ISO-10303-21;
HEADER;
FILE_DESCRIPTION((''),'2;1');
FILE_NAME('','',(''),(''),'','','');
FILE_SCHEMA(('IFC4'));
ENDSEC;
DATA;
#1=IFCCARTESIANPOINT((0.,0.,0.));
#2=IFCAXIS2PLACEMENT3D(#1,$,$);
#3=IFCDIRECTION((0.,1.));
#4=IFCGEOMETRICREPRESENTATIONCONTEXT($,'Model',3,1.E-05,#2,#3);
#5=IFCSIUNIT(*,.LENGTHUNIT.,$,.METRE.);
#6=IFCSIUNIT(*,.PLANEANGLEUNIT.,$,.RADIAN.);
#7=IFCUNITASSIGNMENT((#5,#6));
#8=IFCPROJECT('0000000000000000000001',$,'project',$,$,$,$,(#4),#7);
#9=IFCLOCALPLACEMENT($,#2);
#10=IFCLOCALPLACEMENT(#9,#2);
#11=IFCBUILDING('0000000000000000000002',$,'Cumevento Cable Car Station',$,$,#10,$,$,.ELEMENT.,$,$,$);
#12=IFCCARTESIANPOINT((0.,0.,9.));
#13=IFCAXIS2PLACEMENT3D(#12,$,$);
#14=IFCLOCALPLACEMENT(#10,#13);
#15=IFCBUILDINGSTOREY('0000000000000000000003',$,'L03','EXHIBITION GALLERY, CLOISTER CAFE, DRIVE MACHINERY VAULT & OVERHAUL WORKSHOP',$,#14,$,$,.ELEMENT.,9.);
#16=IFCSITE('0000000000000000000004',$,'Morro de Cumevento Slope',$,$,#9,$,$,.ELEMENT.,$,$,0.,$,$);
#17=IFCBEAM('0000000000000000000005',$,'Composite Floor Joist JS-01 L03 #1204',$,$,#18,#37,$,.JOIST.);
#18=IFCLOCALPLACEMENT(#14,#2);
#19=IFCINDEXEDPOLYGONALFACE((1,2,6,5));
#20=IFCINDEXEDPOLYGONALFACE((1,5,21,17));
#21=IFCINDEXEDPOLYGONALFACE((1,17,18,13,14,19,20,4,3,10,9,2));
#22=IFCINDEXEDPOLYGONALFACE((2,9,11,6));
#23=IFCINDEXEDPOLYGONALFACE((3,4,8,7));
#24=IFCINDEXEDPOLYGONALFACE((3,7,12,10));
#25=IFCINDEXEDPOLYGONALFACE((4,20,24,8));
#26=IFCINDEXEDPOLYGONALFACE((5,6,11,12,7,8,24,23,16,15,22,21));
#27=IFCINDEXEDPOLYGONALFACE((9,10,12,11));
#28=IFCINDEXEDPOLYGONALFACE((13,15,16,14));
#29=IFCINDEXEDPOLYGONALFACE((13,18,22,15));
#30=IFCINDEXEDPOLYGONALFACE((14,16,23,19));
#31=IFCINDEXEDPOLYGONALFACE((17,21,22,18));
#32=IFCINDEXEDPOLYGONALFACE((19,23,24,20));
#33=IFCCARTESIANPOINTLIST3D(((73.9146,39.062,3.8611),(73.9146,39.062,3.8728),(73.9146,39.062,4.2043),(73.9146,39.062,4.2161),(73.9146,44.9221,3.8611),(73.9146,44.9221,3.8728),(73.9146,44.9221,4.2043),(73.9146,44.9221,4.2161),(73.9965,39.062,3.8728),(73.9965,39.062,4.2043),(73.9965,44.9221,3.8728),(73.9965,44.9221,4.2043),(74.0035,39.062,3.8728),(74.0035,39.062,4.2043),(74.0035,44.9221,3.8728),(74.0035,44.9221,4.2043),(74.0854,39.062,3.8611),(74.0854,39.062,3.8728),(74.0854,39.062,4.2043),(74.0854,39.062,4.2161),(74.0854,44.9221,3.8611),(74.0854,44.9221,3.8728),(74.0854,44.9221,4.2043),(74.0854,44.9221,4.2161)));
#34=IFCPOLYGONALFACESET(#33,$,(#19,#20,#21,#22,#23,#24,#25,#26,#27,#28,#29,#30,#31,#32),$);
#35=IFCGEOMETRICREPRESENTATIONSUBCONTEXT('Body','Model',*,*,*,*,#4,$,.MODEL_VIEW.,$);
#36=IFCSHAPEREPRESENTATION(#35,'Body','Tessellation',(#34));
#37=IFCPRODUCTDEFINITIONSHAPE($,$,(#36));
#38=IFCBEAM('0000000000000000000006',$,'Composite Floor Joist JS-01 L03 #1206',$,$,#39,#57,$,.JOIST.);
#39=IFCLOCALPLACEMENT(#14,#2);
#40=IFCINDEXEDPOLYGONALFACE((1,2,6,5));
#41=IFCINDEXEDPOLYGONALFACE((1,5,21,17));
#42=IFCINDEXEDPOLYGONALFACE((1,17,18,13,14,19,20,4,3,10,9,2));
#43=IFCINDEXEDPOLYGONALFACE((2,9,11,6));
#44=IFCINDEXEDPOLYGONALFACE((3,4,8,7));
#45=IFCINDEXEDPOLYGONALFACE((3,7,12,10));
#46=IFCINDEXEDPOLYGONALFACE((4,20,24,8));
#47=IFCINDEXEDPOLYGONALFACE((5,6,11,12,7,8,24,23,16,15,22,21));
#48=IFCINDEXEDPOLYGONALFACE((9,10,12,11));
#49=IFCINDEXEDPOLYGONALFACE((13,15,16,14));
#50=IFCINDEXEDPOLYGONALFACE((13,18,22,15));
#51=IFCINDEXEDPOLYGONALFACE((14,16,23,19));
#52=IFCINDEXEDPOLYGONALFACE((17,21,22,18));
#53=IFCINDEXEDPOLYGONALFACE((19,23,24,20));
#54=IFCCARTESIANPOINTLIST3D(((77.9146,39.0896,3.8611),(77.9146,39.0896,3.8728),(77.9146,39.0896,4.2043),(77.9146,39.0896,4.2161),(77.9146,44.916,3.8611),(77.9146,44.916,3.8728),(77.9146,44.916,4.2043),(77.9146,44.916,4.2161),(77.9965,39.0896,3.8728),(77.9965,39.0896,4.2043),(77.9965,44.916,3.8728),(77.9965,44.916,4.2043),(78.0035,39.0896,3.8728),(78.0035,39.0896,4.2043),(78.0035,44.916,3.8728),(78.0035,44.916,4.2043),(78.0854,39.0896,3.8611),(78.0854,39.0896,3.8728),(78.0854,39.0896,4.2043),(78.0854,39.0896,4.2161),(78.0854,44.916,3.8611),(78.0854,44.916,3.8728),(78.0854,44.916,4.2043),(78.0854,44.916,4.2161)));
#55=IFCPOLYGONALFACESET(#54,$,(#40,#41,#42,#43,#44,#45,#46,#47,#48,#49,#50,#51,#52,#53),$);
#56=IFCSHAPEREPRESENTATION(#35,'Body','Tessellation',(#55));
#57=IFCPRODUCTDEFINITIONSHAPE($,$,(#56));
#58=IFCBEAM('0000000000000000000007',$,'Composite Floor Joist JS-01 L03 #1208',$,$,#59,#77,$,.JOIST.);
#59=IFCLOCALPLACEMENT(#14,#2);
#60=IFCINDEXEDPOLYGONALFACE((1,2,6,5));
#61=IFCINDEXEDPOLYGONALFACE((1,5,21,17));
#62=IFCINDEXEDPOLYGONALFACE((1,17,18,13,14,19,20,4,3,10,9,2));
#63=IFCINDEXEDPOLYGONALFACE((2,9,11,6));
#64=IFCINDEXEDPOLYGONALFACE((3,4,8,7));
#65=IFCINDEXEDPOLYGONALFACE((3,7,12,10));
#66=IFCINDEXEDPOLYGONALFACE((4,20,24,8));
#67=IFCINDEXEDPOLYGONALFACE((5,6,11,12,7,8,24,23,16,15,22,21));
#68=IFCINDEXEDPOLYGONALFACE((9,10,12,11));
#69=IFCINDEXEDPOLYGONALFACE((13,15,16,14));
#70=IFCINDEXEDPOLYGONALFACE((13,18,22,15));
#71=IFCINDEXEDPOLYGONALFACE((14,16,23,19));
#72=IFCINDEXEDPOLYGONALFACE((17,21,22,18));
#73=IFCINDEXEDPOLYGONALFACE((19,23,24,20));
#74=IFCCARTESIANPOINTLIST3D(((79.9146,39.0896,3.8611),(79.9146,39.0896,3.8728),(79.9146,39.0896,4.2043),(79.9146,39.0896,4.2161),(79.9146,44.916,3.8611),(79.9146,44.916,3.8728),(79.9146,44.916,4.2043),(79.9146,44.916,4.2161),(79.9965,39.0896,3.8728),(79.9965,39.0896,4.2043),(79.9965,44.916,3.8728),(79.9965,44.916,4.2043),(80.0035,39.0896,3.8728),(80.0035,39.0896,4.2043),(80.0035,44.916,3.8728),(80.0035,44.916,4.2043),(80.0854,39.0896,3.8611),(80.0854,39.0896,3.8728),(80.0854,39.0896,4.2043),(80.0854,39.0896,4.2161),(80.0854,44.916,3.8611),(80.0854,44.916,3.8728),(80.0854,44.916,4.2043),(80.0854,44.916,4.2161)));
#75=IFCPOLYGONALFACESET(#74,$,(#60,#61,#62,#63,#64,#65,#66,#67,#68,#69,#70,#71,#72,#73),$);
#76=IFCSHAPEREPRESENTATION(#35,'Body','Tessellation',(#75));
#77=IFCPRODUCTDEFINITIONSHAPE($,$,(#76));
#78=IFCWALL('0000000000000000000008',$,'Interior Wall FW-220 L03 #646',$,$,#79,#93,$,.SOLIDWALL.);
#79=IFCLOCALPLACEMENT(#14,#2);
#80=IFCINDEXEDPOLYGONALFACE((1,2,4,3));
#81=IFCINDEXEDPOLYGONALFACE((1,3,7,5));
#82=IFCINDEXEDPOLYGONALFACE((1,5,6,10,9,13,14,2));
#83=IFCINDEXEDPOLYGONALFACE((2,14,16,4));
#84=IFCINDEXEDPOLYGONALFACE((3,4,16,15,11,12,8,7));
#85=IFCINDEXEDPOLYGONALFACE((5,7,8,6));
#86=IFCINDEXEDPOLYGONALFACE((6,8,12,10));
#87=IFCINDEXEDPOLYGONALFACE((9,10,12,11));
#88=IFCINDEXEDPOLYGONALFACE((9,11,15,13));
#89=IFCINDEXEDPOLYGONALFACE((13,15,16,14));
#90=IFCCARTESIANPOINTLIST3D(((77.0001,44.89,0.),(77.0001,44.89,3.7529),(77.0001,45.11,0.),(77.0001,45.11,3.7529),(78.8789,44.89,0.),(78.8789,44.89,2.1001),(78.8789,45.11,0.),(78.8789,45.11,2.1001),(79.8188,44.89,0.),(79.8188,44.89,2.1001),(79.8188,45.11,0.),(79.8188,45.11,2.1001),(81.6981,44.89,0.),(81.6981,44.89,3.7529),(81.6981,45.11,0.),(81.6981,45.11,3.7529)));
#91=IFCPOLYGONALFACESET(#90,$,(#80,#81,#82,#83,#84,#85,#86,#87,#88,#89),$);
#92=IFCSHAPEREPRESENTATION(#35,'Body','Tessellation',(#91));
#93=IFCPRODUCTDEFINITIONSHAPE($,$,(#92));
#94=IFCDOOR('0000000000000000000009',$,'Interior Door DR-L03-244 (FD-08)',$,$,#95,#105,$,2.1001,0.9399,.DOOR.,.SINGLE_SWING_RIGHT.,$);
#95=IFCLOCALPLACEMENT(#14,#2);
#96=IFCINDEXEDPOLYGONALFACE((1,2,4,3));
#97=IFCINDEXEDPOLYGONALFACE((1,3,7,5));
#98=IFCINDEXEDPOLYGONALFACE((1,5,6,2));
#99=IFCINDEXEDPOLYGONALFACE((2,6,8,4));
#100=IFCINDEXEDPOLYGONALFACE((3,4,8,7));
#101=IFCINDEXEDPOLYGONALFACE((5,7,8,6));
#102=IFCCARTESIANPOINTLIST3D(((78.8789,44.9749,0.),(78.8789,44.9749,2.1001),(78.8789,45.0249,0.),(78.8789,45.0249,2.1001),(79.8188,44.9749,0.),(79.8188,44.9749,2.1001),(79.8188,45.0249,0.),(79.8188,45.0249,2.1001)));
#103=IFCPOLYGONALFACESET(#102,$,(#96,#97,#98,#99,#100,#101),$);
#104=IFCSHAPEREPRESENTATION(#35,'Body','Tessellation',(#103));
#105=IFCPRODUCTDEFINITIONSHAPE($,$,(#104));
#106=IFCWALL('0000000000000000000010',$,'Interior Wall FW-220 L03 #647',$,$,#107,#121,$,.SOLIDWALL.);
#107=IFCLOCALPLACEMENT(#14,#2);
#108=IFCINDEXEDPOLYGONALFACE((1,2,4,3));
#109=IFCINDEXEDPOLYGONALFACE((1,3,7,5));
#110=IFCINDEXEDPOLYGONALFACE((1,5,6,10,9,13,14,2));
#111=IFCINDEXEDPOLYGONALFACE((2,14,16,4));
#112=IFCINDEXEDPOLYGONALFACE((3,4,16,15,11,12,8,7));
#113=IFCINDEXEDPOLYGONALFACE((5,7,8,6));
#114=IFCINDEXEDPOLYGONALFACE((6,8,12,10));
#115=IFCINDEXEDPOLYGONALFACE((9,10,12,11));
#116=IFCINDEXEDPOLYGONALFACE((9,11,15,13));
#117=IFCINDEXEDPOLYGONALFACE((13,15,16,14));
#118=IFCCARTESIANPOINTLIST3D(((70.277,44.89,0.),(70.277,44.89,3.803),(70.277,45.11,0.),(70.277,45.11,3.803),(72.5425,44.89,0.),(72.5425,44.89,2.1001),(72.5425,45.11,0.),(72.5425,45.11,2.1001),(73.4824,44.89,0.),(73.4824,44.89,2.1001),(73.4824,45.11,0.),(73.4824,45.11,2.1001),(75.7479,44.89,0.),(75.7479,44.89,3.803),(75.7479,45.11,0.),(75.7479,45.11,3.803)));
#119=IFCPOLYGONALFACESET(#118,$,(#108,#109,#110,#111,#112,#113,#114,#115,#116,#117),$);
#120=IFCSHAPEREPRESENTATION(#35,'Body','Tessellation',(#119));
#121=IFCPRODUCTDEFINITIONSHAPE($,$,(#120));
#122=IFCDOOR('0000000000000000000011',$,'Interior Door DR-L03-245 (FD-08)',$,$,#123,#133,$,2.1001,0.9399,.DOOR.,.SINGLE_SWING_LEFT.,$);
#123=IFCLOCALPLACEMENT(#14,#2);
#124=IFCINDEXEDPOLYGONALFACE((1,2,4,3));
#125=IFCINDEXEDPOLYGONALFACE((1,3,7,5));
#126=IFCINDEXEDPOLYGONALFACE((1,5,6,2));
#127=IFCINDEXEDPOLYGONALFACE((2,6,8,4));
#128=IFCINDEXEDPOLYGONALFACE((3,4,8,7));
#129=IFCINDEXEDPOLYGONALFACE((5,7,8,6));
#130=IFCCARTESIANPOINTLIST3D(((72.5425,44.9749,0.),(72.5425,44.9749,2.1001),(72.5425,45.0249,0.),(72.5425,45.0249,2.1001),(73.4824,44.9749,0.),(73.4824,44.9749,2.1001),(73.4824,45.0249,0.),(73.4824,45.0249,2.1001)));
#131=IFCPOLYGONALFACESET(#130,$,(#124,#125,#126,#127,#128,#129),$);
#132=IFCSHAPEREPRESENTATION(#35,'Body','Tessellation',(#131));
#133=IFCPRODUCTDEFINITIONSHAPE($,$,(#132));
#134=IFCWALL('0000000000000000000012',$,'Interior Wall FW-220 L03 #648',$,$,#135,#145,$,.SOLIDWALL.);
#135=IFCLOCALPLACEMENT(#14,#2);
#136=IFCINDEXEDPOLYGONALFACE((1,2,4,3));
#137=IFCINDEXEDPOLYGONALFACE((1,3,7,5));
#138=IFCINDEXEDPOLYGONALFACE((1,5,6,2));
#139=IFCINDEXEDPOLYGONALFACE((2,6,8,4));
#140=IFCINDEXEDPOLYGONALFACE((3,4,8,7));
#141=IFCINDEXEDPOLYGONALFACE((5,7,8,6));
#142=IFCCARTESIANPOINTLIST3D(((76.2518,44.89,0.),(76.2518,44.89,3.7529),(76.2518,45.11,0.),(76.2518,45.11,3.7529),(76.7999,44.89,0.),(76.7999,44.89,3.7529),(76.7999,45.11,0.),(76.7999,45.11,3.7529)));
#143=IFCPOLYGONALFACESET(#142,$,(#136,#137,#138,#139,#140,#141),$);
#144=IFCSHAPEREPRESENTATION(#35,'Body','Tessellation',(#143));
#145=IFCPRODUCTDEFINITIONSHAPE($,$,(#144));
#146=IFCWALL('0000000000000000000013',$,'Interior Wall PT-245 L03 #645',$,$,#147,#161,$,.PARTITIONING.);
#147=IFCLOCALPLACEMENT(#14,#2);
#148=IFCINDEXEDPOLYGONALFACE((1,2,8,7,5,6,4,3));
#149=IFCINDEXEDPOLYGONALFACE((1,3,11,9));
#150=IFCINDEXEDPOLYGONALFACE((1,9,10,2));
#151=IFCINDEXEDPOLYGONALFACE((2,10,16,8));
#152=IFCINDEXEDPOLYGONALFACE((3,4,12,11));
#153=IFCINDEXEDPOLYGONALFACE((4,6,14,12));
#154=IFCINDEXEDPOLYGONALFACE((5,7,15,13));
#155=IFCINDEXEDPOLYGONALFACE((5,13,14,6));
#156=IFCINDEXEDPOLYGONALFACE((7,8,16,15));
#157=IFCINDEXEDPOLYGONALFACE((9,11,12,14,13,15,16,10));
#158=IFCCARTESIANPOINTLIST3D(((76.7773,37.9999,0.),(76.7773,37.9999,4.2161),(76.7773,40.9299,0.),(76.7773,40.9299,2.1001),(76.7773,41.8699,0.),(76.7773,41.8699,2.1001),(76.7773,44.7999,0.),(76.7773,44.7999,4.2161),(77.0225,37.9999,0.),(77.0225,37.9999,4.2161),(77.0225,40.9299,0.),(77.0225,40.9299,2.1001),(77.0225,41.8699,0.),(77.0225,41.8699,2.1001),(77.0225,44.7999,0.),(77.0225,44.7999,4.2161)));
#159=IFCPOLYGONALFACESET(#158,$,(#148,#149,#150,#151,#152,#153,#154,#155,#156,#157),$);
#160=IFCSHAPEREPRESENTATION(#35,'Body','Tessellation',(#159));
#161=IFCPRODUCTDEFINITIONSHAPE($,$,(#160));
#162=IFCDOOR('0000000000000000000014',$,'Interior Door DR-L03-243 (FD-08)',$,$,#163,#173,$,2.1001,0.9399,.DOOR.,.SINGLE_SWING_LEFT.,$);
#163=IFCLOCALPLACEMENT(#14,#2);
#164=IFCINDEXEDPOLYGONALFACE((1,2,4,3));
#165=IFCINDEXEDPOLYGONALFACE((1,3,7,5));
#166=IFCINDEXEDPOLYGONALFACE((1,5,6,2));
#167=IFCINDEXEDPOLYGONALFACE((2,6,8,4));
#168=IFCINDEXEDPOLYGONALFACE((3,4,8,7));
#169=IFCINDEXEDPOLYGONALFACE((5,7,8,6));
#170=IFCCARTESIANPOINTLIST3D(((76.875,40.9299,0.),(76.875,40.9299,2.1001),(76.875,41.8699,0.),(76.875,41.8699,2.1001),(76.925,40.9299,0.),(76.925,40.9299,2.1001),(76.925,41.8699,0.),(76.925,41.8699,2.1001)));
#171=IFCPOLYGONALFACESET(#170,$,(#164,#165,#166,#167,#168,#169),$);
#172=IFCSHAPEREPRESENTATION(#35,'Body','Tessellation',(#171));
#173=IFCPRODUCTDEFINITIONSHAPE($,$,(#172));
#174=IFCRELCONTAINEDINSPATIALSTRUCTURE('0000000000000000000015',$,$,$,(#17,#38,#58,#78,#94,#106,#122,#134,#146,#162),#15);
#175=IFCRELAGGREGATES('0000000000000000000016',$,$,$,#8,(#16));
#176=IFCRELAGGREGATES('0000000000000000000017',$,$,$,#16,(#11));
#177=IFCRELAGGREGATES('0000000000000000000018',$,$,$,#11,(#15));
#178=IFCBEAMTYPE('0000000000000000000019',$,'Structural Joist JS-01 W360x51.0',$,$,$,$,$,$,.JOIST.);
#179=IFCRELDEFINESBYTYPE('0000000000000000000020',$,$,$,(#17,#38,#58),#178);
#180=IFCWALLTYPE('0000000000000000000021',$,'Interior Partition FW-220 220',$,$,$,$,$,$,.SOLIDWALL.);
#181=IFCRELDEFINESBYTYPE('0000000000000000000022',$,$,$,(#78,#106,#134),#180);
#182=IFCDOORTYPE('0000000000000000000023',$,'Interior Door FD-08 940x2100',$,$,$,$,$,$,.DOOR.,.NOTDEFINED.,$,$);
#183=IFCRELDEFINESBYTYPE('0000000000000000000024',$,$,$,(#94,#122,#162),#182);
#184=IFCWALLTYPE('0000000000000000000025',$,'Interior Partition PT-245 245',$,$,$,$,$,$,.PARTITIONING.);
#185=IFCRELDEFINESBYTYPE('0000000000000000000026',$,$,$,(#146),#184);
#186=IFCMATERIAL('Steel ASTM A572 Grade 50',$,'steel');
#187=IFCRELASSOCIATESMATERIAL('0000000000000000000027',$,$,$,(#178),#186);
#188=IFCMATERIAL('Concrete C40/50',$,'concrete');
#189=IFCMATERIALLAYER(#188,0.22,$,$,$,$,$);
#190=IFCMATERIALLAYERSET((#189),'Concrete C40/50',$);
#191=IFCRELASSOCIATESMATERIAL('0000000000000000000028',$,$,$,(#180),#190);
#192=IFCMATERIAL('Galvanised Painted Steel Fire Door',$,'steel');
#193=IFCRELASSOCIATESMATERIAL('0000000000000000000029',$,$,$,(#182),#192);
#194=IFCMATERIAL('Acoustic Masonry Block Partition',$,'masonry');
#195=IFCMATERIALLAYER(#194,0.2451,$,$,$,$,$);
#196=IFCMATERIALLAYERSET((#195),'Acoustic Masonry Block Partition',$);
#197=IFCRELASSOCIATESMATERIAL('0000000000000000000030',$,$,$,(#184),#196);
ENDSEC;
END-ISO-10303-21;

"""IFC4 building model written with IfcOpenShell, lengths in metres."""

from ifc_helpers import new_model, si_unit, direction, frame, frame_2d, origin, origin_2d, place, context, subcontext, project, spatial, rectangle, i_section, extrude, material, layer, layer_set, material_profile, profile_set, type_object, element, fill, save


model = new_model("IFC4")

# Units and contexts
model_context = context("Model", 3, precision=1e-05, world=origin(), true_north=direction((0.0, 1.0)))
body_context = subcontext(model_context, "Body", "Model", "MODEL_VIEW")
ifc_project = project(units=[si_unit("LENGTHUNIT", "METRE"), si_unit("PLANEANGLEUNIT", "RADIAN")], contexts=[model_context])

# Site, building, storey
site_placement = place(None, origin())
site = spatial("IfcSite", under=ifc_project, at=site_placement, Name="Morro de Cumevento Slope", CompositionType="ELEMENT", RefElevation=0.0)
building_placement = place(site_placement, origin())
building = spatial("IfcBuilding", under=site, at=building_placement, Name="Cumevento Cable Car Station", CompositionType="ELEMENT")
storey_placement = place(building_placement, frame((0.0, 0.0, 9.0)))
storey = spatial("IfcBuildingStorey", under=building, at=storey_placement, Name="L03", Description="EXHIBITION GALLERY, CLOISTER CAFE, DRIVE MACHINERY VAULT & OVERHAUL WORKSHOP", CompositionType="ELEMENT", Elevation=9.0)

# Beams
ifc_material_1 = material(Name="Steel ASTM A572 Grade 50", Category="steel")
ifc_material_profile_1 = material_profile(ifc_material_1, i_section(OverallWidth=0.1709, OverallDepth=0.355, WebThickness=0.0071, FlangeThickness=0.0117, at=origin_2d()), Name="W360x51.0")
ifc_profile_set_1 = profile_set([ifc_material_profile_1], Name="Steel ASTM A572 Grade 50")
beam_type_1 = type_object("IfcBeamType", Name="Structural Joist JS-01 W360x51.0", PredefinedType="JOIST", material=ifc_profile_set_1)
for number, where, z_axis, x_axis, name in (
    (1, (74.0, 39.062, 4.0386), (0.0, 1.0, 0.0), (-1.0, 0.0, 0.0), "Composite Floor Joist JS-01 L03 #1204"),
):
    element("IfcBeam", number, at=place(storey_placement, frame(where, z_axis=z_axis, x_axis=x_axis)), inside=storey, type_object=beam_type_1, Name=name, PredefinedType="JOIST", context=body_context, shape_type="SweptSolid", body=[
        extrude(i_section(OverallWidth=0.1709, OverallDepth=0.355, WebThickness=0.0071, FlangeThickness=0.0117, at=origin_2d()), origin(), (0.0, 0.0, 1.0), 5.8601),
    ])
for number, where, z_axis, x_axis, name in (
    (2, (78.0, 39.0896, 4.0386), (0.0, 1.0, 0.0), (-1.0, 0.0, 0.0), "Composite Floor Joist JS-01 L03 #1206"),
    (3, (80.0, 39.0896, 4.0386), (0.0, 1.0, 0.0), (-1.0, 0.0, 0.0), "Composite Floor Joist JS-01 L03 #1208"),
):
    element("IfcBeam", number, at=place(storey_placement, frame(where, z_axis=z_axis, x_axis=x_axis)), inside=storey, type_object=beam_type_1, Name=name, PredefinedType="JOIST", context=body_context, shape_type="SweptSolid", body=[
        extrude(i_section(OverallWidth=0.1709, OverallDepth=0.355, WebThickness=0.0071, FlangeThickness=0.0117, at=origin_2d()), origin(), (0.0, 0.0, 1.0), 5.8264),
    ])

# Walls, openings, doors
ifc_material_2 = material(Name="Concrete C40/50", Category="concrete")
ifc_layer_1 = layer(ifc_material_2, 0.22)
ifc_layer_set_1 = layer_set([ifc_layer_1], Name="Concrete C40/50")
wall_type_1 = type_object("IfcWallType", Name="Interior Partition FW-220 220", PredefinedType="SOLIDWALL", material=ifc_layer_set_1)
wall_1_placement = place(storey_placement, frame((77.0, 45.0, 0.0), z_axis=(0.0, 0.0, 1.0), x_axis=(1.0, 0.0, 0.0)))
wall_1 = element("IfcWall", 4, at=wall_1_placement, inside=storey, type_object=wall_type_1, Name="Interior Wall FW-220 L03 #646", PredefinedType="SOLIDWALL", context=body_context, shape_type="SweptSolid", body=[
    extrude(rectangle(XDim=4.698, YDim=0.22, at=frame_2d((2.3491, 0.0))), origin(), (0.0, 0.0, 1.0), 3.7529),
])
opening_1_placement = place(wall_1_placement, frame((1.8789, 0.0, 0.0)))
opening_1 = element("IfcOpeningElement", 5, at=opening_1_placement, cuts=wall_1, PredefinedType="OPENING", context=body_context, shape_type="SweptSolid", body=[
    extrude(rectangle(XDim=0.9399, YDim=2.1001, at=frame_2d((0.47, 1.05))), frame((0.0, 0.1199, 0.0), z_axis=(0.0, -1.0, 0.0), x_axis=(1.0, 0.0, 0.0)), (0.0, 0.0, 1.0), 0.24),
])
ifc_material_3 = material(Name="Galvanised Painted Steel Fire Door", Category="steel")
door_type = type_object("IfcDoorType", Name="Interior Door FD-08 940x2100", OperationType="NOTDEFINED", PredefinedType="DOOR", material=ifc_material_3)
door_1_placement = place(opening_1_placement, origin())
door_1 = element("IfcDoor", 6, at=door_1_placement, inside=storey, type_object=door_type, Name="Interior Door DR-L03-244 (FD-08)", OperationType="SINGLE_SWING_RIGHT", OverallHeight=2.1001, OverallWidth=0.9399, PredefinedType="DOOR", context=body_context, shape_type="SweptSolid", body=[
    extrude(rectangle(XDim=0.9399, YDim=2.1001, at=frame_2d((0.47, 1.05))), frame((0.0, 0.0249, 0.0), z_axis=(0.0, -1.0, 0.0), x_axis=(1.0, 0.0, 0.0)), (0.0, 0.0, 1.0), 0.05),
])
fill(opening_1, door_1)
wall_2_placement = place(storey_placement, frame((70.2771, 45.0, 0.0), z_axis=(0.0, 0.0, 1.0), x_axis=(1.0, 0.0, 0.0)))
wall_2 = element("IfcWall", 7, at=wall_2_placement, inside=storey, type_object=wall_type_1, Name="Interior Wall FW-220 L03 #647", PredefinedType="SOLIDWALL", context=body_context, shape_type="SweptSolid", body=[
    extrude(rectangle(XDim=5.4709, YDim=0.22, at=frame_2d((2.7354, 0.0))), origin(), (0.0, 0.0, 1.0), 3.803),
])
opening_2_placement = place(wall_2_placement, frame((2.2654, 0.0, 0.0)))
opening_2 = element("IfcOpeningElement", 8, at=opening_2_placement, cuts=wall_2, PredefinedType="OPENING", context=body_context, shape_type="SweptSolid", body=[
    extrude(rectangle(XDim=0.9399, YDim=2.1001, at=frame_2d((0.47, 1.05))), frame((0.0, 0.1199, 0.0), z_axis=(0.0, -1.0, 0.0), x_axis=(1.0, 0.0, 0.0)), (0.0, 0.0, 1.0), 0.24),
])
door_2_placement = place(opening_2_placement, origin())
door_2 = element("IfcDoor", 9, at=door_2_placement, inside=storey, type_object=door_type, Name="Interior Door DR-L03-245 (FD-08)", OperationType="SINGLE_SWING_LEFT", OverallHeight=2.1001, OverallWidth=0.9399, PredefinedType="DOOR", context=body_context, shape_type="SweptSolid", body=[
    extrude(rectangle(XDim=0.9399, YDim=2.1001, at=frame_2d((0.47, 1.05))), frame((0.0, 0.0249, 0.0), z_axis=(0.0, -1.0, 0.0), x_axis=(1.0, 0.0, 0.0)), (0.0, 0.0, 1.0), 0.05),
])
fill(opening_2, door_2)

# Wall
wall_3_placement = place(storey_placement, frame((76.252, 45.0, 0.0), z_axis=(0.0, 0.0, 1.0), x_axis=(1.0, 0.0, 0.0)))
element("IfcWall", 10, at=wall_3_placement, inside=storey, type_object=wall_type_1, Name="Interior Wall FW-220 L03 #648", PredefinedType="SOLIDWALL", context=body_context, shape_type="SweptSolid", body=[
    extrude(rectangle(XDim=0.5481, YDim=0.22, at=frame_2d((0.2739, 0.0))), origin(), (0.0, 0.0, 1.0), 3.7529),
])

# Wall, opening, door
ifc_material_4 = material(Name="Acoustic Masonry Block Partition", Category="masonry")
ifc_layer_2 = layer(ifc_material_4, 0.2451)
ifc_layer_set_2 = layer_set([ifc_layer_2], Name="Acoustic Masonry Block Partition")
wall_type_2 = type_object("IfcWallType", Name="Interior Partition PT-245 245", PredefinedType="PARTITIONING", material=ifc_layer_set_2)
wall_4_placement = place(storey_placement, frame((76.8999, 38.0, 0.0), z_axis=(0.0, 0.0, 1.0), x_axis=(0.0, 1.0, 0.0)))
wall_4 = element("IfcWall", 11, at=wall_4_placement, inside=storey, type_object=wall_type_2, Name="Interior Wall PT-245 L03 #645", PredefinedType="PARTITIONING", context=body_context, shape_type="SweptSolid", body=[
    extrude(rectangle(XDim=6.8, YDim=0.2451, at=frame_2d((3.3999, 0.0))), origin(), (0.0, 0.0, 1.0), 4.2161),
])
opening_3_placement = place(wall_4_placement, frame((2.9299, 0.0, 0.0)))
opening_3 = element("IfcOpeningElement", 12, at=opening_3_placement, cuts=wall_4, PredefinedType="OPENING", context=body_context, shape_type="SweptSolid", body=[
    extrude(rectangle(XDim=0.9399, YDim=2.1001, at=frame_2d((0.47, 1.05))), frame((0.0, 0.1326, 0.0), z_axis=(0.0, -1.0, 0.0), x_axis=(1.0, 0.0, 0.0)), (0.0, 0.0, 1.0), 0.2651),
])
door_3_placement = place(opening_3_placement, origin())
door_3 = element("IfcDoor", 13, at=door_3_placement, inside=storey, type_object=door_type, Name="Interior Door DR-L03-243 (FD-08)", OperationType="SINGLE_SWING_LEFT", OverallHeight=2.1001, OverallWidth=0.9399, PredefinedType="DOOR", context=body_context, shape_type="SweptSolid", body=[
    extrude(rectangle(XDim=0.9399, YDim=2.1001, at=frame_2d((0.47, 1.05))), frame((0.0, 0.0249, 0.0), z_axis=(0.0, -1.0, 0.0), x_axis=(1.0, 0.0, 0.0)), (0.0, 0.0, 1.0), 0.05),
])
fill(opening_3, door_3)

save(model, "model.ifc")
